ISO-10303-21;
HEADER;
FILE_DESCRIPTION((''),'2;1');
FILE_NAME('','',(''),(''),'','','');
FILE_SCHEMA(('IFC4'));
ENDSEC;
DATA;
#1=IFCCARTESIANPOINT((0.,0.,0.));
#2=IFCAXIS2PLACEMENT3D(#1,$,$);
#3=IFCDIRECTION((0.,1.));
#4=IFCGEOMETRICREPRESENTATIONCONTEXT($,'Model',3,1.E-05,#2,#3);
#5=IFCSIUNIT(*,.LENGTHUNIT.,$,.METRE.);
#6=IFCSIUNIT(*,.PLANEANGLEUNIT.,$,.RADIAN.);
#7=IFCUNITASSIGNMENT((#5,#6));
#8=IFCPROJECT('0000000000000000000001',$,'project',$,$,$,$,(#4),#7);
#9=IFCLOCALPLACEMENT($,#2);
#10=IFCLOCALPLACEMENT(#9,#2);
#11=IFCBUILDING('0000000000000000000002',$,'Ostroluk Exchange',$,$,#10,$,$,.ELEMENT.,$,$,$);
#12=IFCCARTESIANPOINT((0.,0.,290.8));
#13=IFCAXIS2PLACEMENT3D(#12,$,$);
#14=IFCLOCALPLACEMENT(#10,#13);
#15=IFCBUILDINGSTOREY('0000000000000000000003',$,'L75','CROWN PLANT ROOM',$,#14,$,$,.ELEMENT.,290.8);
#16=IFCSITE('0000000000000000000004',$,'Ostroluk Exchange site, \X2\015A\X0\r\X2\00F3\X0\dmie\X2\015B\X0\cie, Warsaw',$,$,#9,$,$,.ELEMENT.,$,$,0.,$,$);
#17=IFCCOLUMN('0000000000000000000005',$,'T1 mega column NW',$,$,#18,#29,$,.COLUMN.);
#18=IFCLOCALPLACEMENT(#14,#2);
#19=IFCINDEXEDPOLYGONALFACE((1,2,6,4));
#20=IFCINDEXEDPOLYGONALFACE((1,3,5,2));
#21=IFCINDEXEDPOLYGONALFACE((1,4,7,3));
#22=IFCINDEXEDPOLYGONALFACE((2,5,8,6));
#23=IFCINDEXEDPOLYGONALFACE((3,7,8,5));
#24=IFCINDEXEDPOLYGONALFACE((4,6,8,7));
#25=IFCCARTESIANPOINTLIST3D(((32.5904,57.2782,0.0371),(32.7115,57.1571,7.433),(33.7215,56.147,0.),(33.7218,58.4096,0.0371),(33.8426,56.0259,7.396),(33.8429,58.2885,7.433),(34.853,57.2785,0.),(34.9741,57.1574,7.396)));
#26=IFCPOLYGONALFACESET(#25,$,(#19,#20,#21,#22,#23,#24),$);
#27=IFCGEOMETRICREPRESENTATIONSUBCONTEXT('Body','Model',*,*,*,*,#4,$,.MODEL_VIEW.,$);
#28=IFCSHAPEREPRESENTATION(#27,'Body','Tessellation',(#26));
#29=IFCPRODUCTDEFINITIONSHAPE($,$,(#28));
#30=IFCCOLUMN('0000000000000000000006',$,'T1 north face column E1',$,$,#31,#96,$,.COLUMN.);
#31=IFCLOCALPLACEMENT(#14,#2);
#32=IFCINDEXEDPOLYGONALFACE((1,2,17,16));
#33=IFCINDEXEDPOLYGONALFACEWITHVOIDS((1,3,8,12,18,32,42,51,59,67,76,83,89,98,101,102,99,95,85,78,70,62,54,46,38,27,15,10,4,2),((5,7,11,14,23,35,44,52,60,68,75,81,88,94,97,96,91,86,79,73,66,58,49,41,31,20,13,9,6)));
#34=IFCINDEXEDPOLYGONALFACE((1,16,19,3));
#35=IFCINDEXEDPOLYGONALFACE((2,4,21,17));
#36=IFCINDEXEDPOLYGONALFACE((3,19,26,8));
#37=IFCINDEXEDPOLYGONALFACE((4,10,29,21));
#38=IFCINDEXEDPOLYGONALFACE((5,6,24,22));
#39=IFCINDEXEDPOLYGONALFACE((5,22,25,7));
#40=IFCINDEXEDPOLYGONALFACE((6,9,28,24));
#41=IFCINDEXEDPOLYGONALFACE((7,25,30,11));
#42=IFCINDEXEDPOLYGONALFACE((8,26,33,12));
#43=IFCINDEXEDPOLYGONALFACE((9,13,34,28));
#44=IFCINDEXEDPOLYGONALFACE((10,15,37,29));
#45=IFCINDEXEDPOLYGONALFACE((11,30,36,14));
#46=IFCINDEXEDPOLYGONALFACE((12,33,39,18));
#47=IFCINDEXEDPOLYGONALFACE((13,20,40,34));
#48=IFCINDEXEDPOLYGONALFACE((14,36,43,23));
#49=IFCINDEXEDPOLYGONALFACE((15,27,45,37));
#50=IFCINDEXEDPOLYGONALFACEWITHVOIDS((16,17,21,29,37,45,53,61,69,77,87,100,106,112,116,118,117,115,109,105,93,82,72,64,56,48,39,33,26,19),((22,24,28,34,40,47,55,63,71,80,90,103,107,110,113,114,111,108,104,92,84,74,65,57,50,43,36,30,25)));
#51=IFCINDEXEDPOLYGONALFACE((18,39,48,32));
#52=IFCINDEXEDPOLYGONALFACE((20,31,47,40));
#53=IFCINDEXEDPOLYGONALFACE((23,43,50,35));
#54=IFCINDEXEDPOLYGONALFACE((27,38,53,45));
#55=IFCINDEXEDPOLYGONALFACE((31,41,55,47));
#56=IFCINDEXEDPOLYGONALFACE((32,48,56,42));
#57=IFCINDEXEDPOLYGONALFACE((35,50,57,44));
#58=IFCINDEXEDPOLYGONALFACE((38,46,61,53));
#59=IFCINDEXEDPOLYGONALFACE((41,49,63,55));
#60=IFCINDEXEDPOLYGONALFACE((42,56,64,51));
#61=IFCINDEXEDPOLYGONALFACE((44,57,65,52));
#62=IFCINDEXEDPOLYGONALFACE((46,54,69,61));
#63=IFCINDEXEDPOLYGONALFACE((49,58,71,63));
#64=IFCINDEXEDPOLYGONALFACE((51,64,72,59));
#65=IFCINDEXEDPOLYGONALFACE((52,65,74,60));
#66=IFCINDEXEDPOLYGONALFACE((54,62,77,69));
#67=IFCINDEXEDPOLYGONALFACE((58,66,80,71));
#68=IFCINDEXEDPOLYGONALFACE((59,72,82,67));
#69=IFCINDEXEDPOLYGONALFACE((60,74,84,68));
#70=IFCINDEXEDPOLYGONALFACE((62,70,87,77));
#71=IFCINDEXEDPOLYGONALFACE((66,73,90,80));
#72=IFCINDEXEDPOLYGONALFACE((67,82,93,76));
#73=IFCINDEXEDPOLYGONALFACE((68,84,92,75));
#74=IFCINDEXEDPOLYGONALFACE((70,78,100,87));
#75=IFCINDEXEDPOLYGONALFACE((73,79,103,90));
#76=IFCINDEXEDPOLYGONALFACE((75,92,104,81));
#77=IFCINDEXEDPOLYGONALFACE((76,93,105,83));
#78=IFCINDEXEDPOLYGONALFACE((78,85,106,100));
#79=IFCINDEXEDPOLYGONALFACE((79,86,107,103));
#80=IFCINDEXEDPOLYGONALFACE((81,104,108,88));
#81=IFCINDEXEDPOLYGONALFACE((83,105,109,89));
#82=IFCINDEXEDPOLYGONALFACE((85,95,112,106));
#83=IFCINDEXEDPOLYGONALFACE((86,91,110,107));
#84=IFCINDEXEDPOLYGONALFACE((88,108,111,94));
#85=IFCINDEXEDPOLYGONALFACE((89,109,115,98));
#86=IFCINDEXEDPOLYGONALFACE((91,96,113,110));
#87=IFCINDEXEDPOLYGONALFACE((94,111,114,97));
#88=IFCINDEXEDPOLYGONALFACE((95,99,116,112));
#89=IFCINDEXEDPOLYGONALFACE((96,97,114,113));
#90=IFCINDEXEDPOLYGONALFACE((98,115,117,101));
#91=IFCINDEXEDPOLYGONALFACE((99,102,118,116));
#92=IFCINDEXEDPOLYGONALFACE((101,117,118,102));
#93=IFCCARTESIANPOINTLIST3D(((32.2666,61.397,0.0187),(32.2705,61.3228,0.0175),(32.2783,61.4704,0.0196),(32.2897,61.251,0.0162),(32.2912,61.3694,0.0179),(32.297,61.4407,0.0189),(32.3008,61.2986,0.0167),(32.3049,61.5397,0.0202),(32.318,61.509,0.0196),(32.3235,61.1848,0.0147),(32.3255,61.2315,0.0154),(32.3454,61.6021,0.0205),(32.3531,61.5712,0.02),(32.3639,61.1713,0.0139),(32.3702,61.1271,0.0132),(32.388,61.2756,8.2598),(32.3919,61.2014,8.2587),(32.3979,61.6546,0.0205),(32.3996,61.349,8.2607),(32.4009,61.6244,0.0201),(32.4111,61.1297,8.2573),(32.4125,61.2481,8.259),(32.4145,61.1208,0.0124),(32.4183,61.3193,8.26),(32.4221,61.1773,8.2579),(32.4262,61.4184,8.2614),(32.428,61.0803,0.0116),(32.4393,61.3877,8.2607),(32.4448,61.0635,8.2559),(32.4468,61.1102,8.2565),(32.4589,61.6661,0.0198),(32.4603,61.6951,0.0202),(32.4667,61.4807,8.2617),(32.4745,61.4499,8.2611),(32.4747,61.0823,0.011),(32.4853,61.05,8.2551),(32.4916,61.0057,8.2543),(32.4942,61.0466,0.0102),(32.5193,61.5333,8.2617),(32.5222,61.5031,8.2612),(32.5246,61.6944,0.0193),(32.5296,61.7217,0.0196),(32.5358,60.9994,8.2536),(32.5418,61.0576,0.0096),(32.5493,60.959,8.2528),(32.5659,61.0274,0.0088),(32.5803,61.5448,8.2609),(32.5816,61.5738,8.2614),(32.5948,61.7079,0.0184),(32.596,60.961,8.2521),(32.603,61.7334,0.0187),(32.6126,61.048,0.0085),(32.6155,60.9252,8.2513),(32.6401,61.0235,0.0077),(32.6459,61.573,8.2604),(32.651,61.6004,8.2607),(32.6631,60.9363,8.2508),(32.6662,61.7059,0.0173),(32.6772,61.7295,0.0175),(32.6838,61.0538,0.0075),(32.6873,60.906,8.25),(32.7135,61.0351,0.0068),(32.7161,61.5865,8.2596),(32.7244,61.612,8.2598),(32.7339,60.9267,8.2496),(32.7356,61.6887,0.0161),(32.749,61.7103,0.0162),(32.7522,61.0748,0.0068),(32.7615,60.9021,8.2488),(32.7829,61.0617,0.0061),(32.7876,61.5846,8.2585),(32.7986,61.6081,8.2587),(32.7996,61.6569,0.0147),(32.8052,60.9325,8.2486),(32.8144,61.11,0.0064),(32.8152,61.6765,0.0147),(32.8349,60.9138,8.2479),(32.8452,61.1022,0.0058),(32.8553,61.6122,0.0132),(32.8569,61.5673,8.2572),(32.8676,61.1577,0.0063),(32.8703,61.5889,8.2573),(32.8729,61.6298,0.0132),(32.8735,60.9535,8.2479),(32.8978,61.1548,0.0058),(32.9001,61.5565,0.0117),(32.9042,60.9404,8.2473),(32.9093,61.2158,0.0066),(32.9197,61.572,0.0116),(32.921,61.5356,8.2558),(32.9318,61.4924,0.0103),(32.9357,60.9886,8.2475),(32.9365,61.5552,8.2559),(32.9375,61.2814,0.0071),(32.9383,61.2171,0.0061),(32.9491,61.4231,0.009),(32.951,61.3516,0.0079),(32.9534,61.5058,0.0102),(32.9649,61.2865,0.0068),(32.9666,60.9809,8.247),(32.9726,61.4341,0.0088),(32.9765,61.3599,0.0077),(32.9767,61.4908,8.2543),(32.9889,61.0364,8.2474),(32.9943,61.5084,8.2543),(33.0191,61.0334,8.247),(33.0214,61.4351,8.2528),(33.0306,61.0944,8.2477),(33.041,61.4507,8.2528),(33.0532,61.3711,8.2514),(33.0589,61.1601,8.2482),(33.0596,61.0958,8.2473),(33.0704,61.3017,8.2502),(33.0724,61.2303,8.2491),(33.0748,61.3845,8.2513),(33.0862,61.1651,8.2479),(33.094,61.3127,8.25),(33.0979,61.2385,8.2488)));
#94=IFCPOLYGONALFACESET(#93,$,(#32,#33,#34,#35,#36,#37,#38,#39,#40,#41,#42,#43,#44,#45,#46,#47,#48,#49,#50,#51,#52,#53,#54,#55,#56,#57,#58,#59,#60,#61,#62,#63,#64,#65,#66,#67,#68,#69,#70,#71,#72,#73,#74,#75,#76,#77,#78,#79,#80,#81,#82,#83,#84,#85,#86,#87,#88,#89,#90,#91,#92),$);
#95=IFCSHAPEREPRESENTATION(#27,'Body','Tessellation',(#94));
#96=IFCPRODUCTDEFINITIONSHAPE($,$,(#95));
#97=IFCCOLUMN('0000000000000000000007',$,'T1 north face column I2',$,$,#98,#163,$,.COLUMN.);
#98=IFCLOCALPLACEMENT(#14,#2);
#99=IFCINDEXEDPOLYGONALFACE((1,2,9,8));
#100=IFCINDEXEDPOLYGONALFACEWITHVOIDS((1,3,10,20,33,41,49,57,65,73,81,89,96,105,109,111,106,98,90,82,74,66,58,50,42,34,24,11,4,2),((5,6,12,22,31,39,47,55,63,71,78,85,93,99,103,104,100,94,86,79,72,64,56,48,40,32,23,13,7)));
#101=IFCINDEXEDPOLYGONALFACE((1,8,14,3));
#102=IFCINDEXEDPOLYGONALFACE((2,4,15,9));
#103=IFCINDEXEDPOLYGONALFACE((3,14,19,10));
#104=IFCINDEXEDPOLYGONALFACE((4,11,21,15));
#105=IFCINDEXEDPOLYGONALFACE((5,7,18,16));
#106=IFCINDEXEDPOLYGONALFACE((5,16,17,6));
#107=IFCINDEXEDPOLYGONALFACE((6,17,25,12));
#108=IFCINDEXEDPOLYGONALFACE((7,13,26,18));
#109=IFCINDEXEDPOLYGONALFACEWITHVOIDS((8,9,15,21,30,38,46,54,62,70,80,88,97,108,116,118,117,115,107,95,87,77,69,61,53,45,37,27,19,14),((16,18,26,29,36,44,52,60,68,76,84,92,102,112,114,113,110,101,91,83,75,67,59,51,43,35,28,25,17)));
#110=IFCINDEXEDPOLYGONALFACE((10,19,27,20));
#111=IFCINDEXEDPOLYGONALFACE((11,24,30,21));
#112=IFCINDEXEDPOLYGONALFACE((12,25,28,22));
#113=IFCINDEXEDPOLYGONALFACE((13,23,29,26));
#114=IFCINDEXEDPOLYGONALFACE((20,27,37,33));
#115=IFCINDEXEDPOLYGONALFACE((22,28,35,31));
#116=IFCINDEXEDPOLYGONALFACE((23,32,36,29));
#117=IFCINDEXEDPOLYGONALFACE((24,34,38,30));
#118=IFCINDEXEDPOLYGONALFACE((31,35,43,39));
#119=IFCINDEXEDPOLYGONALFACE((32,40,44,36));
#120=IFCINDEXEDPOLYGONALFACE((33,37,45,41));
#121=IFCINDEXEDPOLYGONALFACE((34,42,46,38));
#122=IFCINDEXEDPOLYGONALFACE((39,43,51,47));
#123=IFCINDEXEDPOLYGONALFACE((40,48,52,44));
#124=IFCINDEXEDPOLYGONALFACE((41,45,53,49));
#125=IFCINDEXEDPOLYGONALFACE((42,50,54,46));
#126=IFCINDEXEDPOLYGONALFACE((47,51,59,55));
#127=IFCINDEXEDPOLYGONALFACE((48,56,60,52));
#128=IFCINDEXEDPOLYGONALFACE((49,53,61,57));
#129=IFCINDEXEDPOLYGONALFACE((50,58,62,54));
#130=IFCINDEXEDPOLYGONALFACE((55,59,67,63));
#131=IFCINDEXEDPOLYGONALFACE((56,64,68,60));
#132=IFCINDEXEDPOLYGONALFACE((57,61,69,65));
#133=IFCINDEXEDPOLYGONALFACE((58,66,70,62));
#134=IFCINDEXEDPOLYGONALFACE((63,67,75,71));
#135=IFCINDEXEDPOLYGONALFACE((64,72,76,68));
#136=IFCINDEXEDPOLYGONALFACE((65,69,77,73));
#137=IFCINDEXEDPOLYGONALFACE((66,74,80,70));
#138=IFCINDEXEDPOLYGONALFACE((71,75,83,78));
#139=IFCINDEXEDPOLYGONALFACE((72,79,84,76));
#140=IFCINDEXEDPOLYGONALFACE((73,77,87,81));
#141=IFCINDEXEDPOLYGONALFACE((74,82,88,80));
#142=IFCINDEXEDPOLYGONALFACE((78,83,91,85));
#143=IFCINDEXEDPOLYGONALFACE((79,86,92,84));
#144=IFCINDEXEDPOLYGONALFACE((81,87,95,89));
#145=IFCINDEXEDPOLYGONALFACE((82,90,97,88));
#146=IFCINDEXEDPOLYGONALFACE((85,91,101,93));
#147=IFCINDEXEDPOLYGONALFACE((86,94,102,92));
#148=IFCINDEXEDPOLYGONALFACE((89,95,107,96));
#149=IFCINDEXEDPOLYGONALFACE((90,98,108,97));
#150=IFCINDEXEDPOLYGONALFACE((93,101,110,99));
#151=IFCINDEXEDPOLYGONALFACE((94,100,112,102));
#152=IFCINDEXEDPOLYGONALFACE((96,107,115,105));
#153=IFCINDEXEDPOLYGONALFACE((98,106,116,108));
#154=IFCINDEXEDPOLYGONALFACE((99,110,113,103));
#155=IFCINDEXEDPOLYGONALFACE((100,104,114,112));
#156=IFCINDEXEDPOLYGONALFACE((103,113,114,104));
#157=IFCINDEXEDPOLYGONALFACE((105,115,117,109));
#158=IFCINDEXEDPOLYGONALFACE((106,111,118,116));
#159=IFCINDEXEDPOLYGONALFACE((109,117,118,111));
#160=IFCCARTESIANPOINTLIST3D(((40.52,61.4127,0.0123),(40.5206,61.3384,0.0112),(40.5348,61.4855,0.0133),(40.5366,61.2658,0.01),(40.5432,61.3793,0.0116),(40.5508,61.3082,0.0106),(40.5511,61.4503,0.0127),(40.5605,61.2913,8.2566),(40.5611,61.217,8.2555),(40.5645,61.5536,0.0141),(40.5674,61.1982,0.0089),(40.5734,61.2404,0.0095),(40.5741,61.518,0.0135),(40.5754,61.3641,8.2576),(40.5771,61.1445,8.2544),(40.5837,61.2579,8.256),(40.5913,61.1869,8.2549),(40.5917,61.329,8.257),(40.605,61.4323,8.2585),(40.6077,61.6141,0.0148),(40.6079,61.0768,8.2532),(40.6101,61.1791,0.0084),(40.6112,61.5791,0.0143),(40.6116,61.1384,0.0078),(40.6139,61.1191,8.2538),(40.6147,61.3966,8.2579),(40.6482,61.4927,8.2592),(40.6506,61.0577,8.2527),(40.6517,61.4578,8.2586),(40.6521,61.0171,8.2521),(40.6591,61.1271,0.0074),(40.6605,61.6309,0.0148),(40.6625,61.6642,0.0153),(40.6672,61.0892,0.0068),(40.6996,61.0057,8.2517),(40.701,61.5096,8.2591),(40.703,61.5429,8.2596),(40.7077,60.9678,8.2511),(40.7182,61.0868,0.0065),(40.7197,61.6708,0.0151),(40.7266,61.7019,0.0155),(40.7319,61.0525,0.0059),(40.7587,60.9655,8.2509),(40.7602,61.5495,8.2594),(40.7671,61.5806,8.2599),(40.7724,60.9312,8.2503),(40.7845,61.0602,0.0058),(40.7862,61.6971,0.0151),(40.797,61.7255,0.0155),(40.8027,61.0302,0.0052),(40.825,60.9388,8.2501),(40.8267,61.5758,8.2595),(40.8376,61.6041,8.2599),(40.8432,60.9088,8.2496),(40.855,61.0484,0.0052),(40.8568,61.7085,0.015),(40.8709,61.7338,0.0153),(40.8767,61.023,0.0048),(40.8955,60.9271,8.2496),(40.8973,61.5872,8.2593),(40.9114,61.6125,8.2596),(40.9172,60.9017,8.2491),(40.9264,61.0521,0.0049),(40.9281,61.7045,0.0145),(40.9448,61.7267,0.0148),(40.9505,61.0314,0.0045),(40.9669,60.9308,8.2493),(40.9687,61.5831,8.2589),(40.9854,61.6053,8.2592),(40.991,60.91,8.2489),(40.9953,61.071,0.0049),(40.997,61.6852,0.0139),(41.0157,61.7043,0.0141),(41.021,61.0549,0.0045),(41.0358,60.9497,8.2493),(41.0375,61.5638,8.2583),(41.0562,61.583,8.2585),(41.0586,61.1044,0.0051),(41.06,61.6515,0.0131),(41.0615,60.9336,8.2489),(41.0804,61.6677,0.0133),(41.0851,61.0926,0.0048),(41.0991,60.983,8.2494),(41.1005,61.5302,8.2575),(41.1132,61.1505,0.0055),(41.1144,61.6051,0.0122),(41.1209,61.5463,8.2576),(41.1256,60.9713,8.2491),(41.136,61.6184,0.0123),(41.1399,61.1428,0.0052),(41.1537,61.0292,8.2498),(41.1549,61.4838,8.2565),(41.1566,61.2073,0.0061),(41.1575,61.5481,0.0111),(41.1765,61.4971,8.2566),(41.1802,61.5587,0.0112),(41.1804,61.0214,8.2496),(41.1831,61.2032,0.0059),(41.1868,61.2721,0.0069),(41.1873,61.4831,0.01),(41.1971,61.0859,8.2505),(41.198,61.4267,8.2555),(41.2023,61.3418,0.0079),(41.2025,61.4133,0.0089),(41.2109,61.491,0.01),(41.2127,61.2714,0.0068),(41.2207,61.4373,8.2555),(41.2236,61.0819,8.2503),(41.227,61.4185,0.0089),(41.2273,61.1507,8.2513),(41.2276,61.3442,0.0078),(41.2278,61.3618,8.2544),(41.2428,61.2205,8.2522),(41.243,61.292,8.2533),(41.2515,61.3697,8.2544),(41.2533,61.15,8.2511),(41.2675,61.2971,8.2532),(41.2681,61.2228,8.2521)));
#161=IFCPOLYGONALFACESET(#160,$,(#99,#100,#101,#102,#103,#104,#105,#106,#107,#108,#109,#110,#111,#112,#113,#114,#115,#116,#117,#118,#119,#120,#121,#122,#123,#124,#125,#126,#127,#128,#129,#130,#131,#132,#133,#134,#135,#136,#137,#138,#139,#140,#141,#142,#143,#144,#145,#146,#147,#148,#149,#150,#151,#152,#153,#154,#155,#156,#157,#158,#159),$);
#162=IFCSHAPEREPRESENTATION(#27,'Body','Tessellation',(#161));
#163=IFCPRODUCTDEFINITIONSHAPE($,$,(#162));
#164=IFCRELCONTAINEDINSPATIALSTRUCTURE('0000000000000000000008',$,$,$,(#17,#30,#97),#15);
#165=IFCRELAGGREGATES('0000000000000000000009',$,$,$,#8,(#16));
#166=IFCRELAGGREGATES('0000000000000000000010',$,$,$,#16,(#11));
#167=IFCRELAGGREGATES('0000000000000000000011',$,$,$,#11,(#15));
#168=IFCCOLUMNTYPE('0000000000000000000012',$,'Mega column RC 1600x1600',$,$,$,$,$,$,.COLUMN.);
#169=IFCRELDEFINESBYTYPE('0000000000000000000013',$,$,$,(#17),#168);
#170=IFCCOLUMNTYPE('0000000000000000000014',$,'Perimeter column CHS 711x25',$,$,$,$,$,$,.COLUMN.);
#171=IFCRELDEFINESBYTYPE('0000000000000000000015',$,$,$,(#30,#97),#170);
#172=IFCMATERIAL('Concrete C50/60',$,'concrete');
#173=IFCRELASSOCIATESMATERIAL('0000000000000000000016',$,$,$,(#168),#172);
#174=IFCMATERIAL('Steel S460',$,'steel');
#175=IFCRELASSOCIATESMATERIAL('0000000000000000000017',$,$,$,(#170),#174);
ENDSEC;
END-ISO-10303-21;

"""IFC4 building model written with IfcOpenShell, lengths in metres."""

from ifc_helpers import new_model, si_unit, direction, frame, origin, origin_2d, place, context, subcontext, project, spatial, rectangle, hollow_circle, extrude, material, material_profile, profile_set, type_object, element, save


model = new_model("IFC4")

# Units and contexts
model_context = context("Model", 3, precision=1e-05, world=origin(), true_north=direction((0.0, 1.0)))
body_context = subcontext(model_context, "Body", "Model", "MODEL_VIEW")
ifc_project = project(units=[si_unit("LENGTHUNIT", "METRE"), si_unit("PLANEANGLEUNIT", "RADIAN")], contexts=[model_context])

# Site, building, storey
site_placement = place(None, origin())
site = spatial("IfcSite", under=ifc_project, at=site_placement, Name="Ostroluk Exchange site, Śródmieście, Warsaw", CompositionType="ELEMENT", RefElevation=0.0)
building_placement = place(site_placement, origin())
building = spatial("IfcBuilding", under=site, at=building_placement, Name="Ostroluk Exchange", CompositionType="ELEMENT")
storey_placement = place(building_placement, frame((0.0, 0.0, 290.8)))
storey = spatial("IfcBuildingStorey", under=building, at=storey_placement, Name="L75", Description="CROWN PLANT ROOM", CompositionType="ELEMENT", Elevation=290.8)

# Columns
ifc_material_1 = material(Name="Concrete C50/60", Category="concrete")
ifc_material_profile_1 = material_profile(ifc_material_1, rectangle(XDim=1.6001, YDim=1.6001, at=origin_2d()), Name="RC 1600x1600")
ifc_profile_set_1 = profile_set([ifc_material_profile_1], Name="Concrete C50/60")
column_type_1 = type_object("IfcColumnType", Name="Mega column RC 1600x1600", PredefinedType="COLUMN", material=ifc_profile_set_1)
column_1_placement = place(storey_placement, frame((33.7217, 57.2783, 0.0186), z_axis=(0.016368, -0.016368, 0.999732), x_axis=(0.707107, 0.707107, 0.0)))
element("IfcColumn", 1, at=column_1_placement, inside=storey, type_object=column_type_1, Name="T1 mega column NW", PredefinedType="COLUMN", context=body_context, shape_type="SweptSolid", body=[
    extrude(rectangle(XDim=1.6001, YDim=1.6001, at=origin_2d()), origin(), (0.0, 0.0, 1.0), 7.3979),
])
ifc_material_2 = material(Name="Steel S460", Category="steel")
ifc_material_profile_2 = material_profile(ifc_material_2, hollow_circle(Radius=0.3555, WallThickness=0.0249, at=origin_2d()), Name="CHS 711x25")
ifc_profile_set_2 = profile_set([ifc_material_profile_2], Name="Steel S460")
column_type_2 = type_object("IfcColumnType", Name="Perimeter column CHS 711x25", PredefinedType="COLUMN", material=ifc_profile_set_2)
column_2_placement = place(storey_placement, frame((32.6216, 61.3784, 0.0132), z_axis=(0.01472, -0.01472, 0.999783), x_axis=(0.707107, 0.707107, 0.0)))
element("IfcColumn", 2, at=column_2_placement, inside=storey, type_object=column_type_2, Name="T1 north face column E1", PredefinedType="COLUMN", context=body_context, shape_type="SweptSolid", body=[
    extrude(hollow_circle(Radius=0.3555, WallThickness=0.0249, at=origin_2d()), origin(), (0.0, 0.0, 1.0), 8.2429),
])
column_3_placement = place(storey_placement, frame((40.8738, 61.3784, 0.01), z_axis=(0.004915, -0.014716, 0.99988), x_axis=(0.948492, 0.3168, 0.0)))
element("IfcColumn", 3, at=column_3_placement, inside=storey, type_object=column_type_2, Name="T1 north face column I2", PredefinedType="COLUMN", context=body_context, shape_type="SweptSolid", body=[
    extrude(hollow_circle(Radius=0.3555, WallThickness=0.0249, at=origin_2d()), origin(), (0.0, 0.0, 1.0), 8.2454),
])

save(model, "model.ifc")
